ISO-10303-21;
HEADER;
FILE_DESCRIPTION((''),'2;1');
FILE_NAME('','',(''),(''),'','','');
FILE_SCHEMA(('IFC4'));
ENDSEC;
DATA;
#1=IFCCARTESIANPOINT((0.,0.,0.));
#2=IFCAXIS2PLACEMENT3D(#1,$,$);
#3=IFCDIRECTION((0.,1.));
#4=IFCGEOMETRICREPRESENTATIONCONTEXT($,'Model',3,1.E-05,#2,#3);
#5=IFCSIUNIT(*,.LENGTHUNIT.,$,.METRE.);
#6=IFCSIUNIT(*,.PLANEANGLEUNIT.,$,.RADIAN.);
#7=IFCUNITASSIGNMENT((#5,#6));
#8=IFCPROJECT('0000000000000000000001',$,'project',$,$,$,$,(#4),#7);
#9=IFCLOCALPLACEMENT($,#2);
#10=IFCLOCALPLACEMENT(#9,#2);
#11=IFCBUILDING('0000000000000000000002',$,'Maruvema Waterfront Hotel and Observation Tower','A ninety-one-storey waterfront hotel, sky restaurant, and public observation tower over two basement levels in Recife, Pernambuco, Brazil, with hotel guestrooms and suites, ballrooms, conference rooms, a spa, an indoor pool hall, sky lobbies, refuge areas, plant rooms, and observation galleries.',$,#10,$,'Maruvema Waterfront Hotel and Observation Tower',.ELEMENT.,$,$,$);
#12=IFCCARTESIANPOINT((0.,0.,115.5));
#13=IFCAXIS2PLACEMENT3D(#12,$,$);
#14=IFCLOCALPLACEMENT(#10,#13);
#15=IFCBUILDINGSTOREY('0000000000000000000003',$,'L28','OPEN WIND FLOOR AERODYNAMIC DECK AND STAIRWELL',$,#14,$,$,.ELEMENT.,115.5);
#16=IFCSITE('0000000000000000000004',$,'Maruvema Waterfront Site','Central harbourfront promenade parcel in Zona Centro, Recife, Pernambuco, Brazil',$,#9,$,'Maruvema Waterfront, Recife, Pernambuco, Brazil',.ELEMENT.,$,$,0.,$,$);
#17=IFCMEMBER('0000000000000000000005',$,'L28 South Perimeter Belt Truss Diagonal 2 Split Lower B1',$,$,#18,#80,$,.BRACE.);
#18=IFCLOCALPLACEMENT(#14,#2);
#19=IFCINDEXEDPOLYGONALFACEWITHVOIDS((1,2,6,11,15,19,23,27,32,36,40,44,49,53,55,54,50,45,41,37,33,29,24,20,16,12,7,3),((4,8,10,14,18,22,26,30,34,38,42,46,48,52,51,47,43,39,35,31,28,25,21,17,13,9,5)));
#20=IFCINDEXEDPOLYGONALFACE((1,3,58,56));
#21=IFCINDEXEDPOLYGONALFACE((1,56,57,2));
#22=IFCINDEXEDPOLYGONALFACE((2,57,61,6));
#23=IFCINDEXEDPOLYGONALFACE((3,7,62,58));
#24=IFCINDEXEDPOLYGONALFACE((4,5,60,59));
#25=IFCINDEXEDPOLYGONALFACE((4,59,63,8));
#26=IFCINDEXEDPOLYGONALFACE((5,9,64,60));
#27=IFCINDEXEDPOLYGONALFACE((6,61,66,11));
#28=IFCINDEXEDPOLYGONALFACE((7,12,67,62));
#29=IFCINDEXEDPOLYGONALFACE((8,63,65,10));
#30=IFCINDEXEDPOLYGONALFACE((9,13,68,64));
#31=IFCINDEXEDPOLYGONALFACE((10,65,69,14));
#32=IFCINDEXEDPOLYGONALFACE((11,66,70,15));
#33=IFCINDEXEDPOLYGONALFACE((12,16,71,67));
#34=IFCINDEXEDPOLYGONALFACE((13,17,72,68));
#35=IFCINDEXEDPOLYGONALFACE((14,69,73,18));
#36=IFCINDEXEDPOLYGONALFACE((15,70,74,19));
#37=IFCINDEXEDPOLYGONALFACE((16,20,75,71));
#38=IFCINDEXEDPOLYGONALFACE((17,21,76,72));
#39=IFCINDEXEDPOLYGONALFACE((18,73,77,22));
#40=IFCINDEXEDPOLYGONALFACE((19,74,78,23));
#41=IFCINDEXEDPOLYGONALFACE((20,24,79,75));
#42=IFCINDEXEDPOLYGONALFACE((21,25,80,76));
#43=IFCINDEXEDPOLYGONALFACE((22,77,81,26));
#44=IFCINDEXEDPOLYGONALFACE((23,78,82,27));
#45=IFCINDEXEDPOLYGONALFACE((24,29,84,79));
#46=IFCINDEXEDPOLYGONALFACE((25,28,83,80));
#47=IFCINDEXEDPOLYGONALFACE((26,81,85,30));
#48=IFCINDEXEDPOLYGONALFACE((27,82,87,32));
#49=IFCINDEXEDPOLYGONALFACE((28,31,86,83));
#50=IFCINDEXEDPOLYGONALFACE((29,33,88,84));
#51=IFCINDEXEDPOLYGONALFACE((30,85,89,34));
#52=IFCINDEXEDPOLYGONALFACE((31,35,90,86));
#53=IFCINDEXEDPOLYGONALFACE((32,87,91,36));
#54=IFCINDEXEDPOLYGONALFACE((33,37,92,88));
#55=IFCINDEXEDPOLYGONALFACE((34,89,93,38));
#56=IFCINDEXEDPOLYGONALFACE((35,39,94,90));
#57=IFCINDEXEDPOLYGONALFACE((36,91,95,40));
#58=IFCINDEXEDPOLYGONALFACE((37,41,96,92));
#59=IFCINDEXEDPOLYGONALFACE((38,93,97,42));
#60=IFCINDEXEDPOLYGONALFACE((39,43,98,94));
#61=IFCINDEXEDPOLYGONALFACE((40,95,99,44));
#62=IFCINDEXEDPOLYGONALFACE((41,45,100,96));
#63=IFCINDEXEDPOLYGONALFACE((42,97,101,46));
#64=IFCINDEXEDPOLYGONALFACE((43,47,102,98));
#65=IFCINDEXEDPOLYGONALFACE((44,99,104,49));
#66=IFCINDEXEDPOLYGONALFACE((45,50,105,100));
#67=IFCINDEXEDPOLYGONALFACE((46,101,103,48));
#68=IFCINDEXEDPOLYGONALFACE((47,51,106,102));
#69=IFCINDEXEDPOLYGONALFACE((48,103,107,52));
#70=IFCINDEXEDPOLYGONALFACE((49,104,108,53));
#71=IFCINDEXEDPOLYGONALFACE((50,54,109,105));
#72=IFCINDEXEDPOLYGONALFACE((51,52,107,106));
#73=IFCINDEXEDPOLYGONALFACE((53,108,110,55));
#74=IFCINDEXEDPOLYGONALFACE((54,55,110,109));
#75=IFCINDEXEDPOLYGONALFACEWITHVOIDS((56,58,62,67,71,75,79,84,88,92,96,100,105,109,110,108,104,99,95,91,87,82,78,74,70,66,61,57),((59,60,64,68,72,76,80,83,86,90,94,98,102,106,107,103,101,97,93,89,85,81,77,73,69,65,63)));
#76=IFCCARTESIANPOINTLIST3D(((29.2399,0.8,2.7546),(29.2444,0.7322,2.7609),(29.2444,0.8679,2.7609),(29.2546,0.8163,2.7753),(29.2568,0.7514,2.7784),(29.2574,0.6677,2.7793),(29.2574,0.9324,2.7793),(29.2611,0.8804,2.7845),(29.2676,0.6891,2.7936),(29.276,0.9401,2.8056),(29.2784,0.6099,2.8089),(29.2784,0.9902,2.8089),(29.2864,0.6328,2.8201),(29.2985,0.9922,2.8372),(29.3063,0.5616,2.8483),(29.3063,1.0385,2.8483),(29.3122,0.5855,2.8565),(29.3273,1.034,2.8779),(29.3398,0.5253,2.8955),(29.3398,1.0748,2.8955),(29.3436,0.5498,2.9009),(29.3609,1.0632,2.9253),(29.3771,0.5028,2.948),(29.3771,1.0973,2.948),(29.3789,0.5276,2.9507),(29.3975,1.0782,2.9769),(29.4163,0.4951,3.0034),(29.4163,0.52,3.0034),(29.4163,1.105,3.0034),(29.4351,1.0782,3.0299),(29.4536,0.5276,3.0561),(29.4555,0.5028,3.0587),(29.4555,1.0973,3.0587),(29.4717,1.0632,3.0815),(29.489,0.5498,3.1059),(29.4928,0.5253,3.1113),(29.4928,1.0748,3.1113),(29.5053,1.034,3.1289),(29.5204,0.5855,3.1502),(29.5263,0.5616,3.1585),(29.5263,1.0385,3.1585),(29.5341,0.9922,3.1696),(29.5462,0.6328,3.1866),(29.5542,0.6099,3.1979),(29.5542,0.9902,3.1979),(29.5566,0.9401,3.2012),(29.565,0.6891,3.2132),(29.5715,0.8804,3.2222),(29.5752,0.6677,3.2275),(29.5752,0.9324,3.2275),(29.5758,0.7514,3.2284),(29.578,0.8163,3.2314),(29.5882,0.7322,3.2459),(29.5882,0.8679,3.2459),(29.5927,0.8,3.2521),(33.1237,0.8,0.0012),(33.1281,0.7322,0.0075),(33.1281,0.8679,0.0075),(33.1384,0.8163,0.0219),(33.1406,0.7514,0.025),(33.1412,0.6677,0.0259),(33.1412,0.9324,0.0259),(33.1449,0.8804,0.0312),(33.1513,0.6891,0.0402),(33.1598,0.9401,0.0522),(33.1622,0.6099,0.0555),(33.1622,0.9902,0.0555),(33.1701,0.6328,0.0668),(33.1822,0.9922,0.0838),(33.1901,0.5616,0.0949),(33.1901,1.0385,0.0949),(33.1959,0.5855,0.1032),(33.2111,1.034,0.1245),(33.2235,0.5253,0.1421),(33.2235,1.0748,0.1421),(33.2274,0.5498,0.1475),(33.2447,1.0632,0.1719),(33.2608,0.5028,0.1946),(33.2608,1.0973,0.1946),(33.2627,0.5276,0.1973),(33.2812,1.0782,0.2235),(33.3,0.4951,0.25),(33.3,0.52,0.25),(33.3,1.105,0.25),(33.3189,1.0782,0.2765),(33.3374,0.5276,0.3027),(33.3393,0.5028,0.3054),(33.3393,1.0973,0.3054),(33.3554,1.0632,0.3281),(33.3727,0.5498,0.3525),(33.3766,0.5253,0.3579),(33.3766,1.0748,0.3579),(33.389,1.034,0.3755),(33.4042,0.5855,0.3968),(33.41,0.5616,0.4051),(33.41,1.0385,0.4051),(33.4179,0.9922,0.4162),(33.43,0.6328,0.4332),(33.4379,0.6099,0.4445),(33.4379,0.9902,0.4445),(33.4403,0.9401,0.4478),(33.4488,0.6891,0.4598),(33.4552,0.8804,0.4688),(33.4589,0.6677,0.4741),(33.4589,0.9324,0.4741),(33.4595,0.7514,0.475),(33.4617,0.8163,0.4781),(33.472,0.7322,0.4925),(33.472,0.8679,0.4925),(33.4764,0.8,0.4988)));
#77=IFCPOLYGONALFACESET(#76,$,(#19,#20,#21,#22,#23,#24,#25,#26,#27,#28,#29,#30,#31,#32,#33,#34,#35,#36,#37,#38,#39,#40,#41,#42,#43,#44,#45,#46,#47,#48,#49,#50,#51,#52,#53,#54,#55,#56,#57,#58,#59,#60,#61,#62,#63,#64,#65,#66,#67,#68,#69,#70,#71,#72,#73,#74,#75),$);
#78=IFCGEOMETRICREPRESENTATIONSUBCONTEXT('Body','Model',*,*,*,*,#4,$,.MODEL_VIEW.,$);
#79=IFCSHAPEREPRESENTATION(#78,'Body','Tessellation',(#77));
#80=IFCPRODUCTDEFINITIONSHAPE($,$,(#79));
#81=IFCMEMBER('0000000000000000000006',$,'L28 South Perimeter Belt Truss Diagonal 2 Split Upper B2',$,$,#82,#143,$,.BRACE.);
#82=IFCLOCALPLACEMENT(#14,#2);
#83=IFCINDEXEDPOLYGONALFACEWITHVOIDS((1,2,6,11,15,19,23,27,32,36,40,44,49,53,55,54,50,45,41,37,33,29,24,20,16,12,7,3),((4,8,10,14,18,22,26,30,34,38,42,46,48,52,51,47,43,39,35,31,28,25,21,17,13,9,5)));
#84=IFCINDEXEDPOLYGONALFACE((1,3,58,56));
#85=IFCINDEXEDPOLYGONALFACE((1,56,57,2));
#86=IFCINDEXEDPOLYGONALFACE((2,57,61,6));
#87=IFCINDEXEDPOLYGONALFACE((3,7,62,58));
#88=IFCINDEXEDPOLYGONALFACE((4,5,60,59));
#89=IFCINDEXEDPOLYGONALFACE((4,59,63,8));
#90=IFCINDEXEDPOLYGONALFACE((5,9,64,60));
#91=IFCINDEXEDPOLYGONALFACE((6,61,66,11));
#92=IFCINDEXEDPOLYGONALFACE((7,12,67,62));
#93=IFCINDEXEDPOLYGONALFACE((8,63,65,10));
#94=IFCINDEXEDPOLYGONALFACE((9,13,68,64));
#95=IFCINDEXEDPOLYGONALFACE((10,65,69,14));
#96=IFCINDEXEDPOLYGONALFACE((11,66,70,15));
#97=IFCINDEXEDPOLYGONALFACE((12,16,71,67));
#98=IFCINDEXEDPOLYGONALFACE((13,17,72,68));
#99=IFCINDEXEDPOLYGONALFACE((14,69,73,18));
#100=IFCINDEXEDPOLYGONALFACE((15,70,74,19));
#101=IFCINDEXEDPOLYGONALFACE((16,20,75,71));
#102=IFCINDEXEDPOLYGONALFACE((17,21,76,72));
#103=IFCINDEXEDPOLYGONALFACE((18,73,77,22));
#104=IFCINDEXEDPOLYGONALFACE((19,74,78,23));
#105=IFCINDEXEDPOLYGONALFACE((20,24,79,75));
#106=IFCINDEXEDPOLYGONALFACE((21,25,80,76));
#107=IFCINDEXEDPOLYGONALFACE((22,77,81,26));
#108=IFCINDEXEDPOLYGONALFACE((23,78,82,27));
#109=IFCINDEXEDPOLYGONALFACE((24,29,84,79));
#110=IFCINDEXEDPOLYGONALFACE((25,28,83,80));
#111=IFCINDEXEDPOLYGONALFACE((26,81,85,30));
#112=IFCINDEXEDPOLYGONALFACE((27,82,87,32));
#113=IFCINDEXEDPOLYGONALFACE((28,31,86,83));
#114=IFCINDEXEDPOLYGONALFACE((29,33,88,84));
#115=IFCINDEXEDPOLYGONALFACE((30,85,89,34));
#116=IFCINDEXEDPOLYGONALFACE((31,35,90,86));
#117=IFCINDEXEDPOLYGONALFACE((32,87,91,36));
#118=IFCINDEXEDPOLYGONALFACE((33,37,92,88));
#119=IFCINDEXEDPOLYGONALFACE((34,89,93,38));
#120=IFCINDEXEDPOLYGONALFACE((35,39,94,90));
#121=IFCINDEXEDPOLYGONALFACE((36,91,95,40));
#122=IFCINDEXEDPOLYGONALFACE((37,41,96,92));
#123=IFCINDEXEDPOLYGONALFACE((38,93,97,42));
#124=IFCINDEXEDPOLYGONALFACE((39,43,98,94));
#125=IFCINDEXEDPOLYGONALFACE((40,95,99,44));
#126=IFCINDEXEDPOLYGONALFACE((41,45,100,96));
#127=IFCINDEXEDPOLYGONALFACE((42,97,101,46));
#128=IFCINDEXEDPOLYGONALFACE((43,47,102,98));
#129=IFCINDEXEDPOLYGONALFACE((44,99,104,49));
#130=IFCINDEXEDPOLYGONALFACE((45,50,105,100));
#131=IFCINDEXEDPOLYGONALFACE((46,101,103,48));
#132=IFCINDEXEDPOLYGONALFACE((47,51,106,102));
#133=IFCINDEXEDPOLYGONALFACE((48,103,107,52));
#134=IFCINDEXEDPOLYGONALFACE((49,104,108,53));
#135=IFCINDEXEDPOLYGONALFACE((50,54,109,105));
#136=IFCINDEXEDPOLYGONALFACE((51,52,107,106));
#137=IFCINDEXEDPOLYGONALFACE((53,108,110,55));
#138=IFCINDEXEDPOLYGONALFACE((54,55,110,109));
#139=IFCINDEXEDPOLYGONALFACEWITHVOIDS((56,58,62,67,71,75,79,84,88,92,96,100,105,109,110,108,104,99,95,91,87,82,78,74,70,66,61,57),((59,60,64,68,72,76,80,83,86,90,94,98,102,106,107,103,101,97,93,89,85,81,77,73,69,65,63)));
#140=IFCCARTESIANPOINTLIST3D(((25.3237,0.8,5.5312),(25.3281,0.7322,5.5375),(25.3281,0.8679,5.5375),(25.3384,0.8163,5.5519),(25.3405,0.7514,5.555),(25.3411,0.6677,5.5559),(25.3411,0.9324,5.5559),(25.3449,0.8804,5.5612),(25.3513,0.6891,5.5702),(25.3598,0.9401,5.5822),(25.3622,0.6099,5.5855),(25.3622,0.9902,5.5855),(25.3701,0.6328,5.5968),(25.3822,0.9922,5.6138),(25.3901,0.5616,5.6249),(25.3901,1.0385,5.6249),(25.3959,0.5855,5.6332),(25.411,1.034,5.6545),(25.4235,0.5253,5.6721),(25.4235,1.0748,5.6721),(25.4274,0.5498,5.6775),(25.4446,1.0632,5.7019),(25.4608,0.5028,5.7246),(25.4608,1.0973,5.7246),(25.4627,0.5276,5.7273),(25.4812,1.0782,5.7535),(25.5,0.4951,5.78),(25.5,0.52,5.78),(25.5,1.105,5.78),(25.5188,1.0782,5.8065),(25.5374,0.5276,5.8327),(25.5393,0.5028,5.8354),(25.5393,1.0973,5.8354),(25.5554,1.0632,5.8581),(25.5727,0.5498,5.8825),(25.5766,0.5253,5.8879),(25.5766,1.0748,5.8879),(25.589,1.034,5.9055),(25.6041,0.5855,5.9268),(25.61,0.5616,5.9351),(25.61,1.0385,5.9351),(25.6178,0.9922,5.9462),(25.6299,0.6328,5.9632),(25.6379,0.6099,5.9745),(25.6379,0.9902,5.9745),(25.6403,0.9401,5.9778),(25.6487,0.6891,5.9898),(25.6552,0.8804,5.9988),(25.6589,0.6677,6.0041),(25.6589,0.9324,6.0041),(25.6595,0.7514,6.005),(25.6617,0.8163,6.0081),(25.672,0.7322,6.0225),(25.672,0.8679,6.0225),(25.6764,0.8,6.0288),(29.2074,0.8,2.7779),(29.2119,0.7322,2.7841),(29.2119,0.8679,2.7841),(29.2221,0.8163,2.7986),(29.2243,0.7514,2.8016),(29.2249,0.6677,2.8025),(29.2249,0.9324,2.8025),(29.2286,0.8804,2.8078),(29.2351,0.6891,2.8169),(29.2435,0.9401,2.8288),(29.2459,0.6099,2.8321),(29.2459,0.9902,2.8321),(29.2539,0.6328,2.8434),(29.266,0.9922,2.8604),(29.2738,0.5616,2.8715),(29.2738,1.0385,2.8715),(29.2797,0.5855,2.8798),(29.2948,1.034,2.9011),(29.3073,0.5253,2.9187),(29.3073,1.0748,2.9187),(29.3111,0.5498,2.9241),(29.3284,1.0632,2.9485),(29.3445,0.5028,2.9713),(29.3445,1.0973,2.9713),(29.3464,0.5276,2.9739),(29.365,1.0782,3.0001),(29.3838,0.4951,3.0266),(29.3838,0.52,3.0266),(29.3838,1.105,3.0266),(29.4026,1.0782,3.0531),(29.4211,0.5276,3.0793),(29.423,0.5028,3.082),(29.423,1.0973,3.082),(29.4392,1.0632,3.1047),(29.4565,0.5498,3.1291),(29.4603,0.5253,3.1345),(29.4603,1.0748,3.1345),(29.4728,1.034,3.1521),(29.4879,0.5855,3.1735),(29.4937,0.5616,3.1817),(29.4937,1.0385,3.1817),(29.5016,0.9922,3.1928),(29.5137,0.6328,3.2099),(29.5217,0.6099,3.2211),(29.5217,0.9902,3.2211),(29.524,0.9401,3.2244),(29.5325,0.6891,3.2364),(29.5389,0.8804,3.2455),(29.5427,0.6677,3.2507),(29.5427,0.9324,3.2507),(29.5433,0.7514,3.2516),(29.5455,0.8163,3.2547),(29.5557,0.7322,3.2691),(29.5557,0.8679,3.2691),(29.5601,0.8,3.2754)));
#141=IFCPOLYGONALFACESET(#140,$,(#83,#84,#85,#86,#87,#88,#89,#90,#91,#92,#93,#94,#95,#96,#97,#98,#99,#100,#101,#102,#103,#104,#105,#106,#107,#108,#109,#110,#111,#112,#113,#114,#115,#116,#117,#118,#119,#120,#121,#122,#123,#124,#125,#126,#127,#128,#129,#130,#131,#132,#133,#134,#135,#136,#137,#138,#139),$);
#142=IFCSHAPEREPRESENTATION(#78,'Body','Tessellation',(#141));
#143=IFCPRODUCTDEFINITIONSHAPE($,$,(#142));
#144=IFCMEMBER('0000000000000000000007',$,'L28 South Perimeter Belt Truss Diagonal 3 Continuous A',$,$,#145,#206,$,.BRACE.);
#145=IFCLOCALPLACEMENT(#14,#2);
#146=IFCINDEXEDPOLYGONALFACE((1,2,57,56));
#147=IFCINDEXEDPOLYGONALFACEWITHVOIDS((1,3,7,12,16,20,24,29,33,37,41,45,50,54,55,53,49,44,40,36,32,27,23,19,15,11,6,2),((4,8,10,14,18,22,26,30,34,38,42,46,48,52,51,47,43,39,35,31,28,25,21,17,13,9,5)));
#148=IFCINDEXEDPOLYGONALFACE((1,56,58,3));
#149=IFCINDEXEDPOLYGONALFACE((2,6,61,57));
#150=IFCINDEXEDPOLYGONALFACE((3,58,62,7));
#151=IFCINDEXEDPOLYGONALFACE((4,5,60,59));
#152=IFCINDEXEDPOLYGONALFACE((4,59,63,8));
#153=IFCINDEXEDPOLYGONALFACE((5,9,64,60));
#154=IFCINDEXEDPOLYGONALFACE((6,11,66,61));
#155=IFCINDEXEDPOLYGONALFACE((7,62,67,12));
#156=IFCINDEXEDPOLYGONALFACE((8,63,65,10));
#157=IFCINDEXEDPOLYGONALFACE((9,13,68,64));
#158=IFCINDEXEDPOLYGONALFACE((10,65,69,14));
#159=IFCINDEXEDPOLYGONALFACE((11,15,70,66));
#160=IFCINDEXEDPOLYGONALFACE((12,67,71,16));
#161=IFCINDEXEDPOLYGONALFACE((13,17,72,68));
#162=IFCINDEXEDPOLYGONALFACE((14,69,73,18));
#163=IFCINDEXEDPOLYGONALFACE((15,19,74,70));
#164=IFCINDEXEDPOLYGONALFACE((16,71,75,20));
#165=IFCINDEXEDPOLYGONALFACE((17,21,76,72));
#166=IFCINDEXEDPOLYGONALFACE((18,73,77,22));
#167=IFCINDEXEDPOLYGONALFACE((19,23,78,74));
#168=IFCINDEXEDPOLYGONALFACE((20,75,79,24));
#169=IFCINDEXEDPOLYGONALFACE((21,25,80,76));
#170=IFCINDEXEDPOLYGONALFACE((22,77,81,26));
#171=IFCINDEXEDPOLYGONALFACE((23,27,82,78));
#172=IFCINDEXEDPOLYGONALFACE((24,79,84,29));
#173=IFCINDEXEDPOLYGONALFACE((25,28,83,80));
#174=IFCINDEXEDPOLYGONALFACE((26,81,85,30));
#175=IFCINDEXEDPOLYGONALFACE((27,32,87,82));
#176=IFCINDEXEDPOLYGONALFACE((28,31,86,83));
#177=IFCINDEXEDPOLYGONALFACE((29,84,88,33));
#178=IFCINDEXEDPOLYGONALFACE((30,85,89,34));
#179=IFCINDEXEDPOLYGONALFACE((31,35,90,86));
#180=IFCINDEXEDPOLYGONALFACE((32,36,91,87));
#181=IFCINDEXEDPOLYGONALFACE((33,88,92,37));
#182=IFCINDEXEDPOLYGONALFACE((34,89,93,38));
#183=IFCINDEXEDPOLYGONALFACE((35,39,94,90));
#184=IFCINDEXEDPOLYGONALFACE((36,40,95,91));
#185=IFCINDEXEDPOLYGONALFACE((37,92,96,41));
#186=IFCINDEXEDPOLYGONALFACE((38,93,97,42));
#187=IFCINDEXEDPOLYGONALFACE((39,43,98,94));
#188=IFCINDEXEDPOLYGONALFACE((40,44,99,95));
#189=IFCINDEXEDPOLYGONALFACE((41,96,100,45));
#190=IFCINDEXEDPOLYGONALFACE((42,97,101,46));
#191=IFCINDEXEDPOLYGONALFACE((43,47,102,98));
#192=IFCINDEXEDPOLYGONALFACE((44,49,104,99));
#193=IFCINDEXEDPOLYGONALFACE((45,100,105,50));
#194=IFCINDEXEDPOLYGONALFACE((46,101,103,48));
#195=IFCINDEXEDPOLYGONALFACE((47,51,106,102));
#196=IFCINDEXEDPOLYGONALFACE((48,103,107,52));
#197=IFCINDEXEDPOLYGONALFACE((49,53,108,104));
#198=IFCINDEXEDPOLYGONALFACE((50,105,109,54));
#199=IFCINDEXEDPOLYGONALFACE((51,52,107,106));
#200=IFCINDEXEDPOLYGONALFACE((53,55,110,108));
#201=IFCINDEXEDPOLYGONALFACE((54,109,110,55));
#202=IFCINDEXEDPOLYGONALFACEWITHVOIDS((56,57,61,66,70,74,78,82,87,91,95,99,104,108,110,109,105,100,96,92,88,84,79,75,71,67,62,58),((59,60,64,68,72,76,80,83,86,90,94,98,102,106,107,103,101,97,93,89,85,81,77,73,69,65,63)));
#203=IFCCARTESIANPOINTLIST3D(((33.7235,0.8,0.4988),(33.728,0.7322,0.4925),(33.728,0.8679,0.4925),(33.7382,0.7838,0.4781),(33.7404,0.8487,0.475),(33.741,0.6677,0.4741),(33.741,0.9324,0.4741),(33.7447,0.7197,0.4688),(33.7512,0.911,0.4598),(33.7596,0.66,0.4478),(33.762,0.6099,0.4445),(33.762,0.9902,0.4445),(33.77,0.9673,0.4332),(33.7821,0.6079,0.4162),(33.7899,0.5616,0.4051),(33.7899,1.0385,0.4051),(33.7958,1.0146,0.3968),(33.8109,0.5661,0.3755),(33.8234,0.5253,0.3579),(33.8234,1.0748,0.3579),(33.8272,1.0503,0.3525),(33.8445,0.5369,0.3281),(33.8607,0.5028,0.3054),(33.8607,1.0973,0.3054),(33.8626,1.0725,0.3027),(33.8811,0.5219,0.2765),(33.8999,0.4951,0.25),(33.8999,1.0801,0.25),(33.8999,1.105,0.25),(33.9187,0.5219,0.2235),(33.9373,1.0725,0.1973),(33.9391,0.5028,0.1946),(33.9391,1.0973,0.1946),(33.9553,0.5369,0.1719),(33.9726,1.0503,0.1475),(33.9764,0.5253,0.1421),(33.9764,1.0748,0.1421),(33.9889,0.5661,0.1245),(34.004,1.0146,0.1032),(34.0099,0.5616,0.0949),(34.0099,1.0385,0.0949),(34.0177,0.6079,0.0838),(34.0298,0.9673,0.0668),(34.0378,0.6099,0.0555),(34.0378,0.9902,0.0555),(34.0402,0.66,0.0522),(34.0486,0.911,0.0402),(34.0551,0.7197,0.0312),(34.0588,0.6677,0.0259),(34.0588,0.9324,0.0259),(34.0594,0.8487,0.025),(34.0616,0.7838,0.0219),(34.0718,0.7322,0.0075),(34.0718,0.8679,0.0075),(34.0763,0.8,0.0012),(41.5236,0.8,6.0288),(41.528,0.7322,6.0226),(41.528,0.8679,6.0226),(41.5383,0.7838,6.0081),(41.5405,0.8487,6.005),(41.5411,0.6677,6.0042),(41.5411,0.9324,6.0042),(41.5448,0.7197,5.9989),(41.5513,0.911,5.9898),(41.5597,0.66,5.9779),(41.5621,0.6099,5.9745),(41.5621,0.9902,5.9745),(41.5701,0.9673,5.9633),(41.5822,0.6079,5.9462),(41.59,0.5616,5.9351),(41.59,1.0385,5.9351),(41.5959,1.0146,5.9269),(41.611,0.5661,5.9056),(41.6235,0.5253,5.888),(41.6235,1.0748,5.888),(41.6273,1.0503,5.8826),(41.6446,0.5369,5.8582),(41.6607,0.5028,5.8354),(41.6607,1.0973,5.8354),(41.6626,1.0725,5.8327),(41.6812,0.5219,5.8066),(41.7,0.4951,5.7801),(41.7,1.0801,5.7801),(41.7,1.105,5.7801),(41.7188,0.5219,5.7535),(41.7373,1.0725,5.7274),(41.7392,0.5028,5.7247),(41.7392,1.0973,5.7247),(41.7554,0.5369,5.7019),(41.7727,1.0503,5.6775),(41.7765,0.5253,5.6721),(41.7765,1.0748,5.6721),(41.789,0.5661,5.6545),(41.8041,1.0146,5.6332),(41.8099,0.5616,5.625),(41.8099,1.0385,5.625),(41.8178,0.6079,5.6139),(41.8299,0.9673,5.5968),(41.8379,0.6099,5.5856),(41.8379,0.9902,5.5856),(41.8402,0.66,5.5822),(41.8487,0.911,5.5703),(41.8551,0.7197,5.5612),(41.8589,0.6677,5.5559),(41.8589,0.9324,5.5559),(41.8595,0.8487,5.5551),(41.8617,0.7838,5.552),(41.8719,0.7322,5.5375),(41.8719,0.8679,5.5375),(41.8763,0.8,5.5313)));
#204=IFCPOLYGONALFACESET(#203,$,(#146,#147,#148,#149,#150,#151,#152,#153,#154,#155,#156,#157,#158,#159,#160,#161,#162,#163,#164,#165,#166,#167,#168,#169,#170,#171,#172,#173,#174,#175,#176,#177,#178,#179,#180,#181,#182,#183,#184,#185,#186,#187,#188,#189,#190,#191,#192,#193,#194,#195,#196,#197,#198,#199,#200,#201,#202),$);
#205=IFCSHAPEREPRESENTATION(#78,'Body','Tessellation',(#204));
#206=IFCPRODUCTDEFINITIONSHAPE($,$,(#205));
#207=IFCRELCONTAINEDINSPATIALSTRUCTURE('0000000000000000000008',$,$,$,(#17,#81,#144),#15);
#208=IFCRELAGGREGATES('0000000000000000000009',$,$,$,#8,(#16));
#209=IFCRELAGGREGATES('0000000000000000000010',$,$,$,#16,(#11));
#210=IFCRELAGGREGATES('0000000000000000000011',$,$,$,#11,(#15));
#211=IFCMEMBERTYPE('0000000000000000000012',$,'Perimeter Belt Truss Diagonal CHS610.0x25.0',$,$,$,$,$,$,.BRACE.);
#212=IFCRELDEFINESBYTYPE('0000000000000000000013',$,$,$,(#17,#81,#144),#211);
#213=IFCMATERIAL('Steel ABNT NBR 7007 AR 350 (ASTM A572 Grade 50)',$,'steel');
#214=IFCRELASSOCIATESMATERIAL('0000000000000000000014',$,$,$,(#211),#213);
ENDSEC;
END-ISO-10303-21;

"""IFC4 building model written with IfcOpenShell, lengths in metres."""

from ifc_helpers import new_model, si_unit, direction, frame, origin, origin_2d, place, context, subcontext, project, spatial, hollow_circle, extrude, material, material_profile, profile_set, type_object, element, save


model = new_model("IFC4")

# Units and contexts
model_context = context("Model", 3, precision=1e-05, world=origin(), true_north=direction((0.0, 1.0)))
body_context = subcontext(model_context, "Body", "Model", "MODEL_VIEW")
ifc_project = project(units=[si_unit("LENGTHUNIT", "METRE"), si_unit("PLANEANGLEUNIT", "RADIAN")], contexts=[model_context])

# Site, building, storey
site_placement = place(None, origin())
site = spatial("IfcSite", under=ifc_project, at=site_placement, Name="Maruvema Waterfront Site", Description="Central harbourfront promenade parcel in Zona Centro, Recife, Pernambuco, Brazil", LongName="Maruvema Waterfront, Recife, Pernambuco, Brazil", CompositionType="ELEMENT", RefElevation=0.0)
building_placement = place(site_placement, origin())
building = spatial("IfcBuilding", under=site, at=building_placement, Name="Maruvema Waterfront Hotel and Observation Tower", Description="A ninety-one-storey waterfront hotel, sky restaurant, and public observation tower over two basement levels in Recife, Pernambuco, Brazil, with hotel guestrooms and suites, ballrooms, conference rooms, a spa, an indoor pool hall, sky lobbies, refuge areas, plant rooms, and observation galleries.", LongName="Maruvema Waterfront Hotel and Observation Tower", CompositionType="ELEMENT")
storey_placement = place(building_placement, frame((0.0, 0.0, 115.5)))
storey = spatial("IfcBuildingStorey", under=building, at=storey_placement, Name="L28", Description="OPEN WIND FLOOR AERODYNAMIC DECK AND STAIRWELL", CompositionType="ELEMENT", Elevation=115.5)

# Members
ifc_material_1 = material(Name="Steel ABNT NBR 7007 AR 350 (ASTM A572 Grade 50)", Category="steel")
ifc_material_profile_1 = material_profile(ifc_material_1, hollow_circle(Radius=0.3049, WallThickness=0.0249, at=origin_2d()), Name="CHS610.0x25.0")
ifc_profile_set_1 = profile_set([ifc_material_profile_1], Name="Steel ABNT NBR 7007 AR 350 (ASTM A572 Grade 50)")
member_type_1 = type_object("IfcMemberType", Name="Perimeter Belt Truss Diagonal CHS610.0x25.0", PredefinedType="BRACE", material=ifc_profile_set_1)
for number, where, z_axis, x_axis, name in (
    (1, (33.3, 0.8, 0.25), (-0.815787, 0.0, 0.578353), (0.0, -1.0, 0.0), "L28 South Perimeter Belt Truss Diagonal 2 Split Lower B1"),
    (2, (29.3838, 0.8, 3.0266), (-0.815787, 0.0, 0.578353), (0.0, -1.0, 0.0), "L28 South Perimeter Belt Truss Diagonal 2 Split Upper B2"),
):
    element("IfcMember", number, at=place(storey_placement, frame(where, z_axis=z_axis, x_axis=x_axis)), inside=storey, type_object=member_type_1, Name=name, PredefinedType="BRACE", context=body_context, shape_type="SweptSolid", body=[
        extrude(hollow_circle(Radius=0.3049, WallThickness=0.0249, at=origin_2d()), origin(), (0.0, 0.0, 1.0), 4.7607),
    ])
member_1_placement = place(storey_placement, frame((33.8999, 0.8, 0.25), z_axis=(0.815778, 0.0, 0.578365), x_axis=(0.0, 1.0, 0.0)))
element("IfcMember", 3, at=member_1_placement, inside=storey, type_object=member_type_1, Name="L28 South Perimeter Belt Truss Diagonal 3 Continuous A", PredefinedType="BRACE", context=body_context, shape_type="SweptSolid", body=[
    extrude(hollow_circle(Radius=0.3049, WallThickness=0.0249, at=origin_2d()), origin(), (0.0, 0.0, 1.0), 9.5615),
])

save(model, "model.ifc")
